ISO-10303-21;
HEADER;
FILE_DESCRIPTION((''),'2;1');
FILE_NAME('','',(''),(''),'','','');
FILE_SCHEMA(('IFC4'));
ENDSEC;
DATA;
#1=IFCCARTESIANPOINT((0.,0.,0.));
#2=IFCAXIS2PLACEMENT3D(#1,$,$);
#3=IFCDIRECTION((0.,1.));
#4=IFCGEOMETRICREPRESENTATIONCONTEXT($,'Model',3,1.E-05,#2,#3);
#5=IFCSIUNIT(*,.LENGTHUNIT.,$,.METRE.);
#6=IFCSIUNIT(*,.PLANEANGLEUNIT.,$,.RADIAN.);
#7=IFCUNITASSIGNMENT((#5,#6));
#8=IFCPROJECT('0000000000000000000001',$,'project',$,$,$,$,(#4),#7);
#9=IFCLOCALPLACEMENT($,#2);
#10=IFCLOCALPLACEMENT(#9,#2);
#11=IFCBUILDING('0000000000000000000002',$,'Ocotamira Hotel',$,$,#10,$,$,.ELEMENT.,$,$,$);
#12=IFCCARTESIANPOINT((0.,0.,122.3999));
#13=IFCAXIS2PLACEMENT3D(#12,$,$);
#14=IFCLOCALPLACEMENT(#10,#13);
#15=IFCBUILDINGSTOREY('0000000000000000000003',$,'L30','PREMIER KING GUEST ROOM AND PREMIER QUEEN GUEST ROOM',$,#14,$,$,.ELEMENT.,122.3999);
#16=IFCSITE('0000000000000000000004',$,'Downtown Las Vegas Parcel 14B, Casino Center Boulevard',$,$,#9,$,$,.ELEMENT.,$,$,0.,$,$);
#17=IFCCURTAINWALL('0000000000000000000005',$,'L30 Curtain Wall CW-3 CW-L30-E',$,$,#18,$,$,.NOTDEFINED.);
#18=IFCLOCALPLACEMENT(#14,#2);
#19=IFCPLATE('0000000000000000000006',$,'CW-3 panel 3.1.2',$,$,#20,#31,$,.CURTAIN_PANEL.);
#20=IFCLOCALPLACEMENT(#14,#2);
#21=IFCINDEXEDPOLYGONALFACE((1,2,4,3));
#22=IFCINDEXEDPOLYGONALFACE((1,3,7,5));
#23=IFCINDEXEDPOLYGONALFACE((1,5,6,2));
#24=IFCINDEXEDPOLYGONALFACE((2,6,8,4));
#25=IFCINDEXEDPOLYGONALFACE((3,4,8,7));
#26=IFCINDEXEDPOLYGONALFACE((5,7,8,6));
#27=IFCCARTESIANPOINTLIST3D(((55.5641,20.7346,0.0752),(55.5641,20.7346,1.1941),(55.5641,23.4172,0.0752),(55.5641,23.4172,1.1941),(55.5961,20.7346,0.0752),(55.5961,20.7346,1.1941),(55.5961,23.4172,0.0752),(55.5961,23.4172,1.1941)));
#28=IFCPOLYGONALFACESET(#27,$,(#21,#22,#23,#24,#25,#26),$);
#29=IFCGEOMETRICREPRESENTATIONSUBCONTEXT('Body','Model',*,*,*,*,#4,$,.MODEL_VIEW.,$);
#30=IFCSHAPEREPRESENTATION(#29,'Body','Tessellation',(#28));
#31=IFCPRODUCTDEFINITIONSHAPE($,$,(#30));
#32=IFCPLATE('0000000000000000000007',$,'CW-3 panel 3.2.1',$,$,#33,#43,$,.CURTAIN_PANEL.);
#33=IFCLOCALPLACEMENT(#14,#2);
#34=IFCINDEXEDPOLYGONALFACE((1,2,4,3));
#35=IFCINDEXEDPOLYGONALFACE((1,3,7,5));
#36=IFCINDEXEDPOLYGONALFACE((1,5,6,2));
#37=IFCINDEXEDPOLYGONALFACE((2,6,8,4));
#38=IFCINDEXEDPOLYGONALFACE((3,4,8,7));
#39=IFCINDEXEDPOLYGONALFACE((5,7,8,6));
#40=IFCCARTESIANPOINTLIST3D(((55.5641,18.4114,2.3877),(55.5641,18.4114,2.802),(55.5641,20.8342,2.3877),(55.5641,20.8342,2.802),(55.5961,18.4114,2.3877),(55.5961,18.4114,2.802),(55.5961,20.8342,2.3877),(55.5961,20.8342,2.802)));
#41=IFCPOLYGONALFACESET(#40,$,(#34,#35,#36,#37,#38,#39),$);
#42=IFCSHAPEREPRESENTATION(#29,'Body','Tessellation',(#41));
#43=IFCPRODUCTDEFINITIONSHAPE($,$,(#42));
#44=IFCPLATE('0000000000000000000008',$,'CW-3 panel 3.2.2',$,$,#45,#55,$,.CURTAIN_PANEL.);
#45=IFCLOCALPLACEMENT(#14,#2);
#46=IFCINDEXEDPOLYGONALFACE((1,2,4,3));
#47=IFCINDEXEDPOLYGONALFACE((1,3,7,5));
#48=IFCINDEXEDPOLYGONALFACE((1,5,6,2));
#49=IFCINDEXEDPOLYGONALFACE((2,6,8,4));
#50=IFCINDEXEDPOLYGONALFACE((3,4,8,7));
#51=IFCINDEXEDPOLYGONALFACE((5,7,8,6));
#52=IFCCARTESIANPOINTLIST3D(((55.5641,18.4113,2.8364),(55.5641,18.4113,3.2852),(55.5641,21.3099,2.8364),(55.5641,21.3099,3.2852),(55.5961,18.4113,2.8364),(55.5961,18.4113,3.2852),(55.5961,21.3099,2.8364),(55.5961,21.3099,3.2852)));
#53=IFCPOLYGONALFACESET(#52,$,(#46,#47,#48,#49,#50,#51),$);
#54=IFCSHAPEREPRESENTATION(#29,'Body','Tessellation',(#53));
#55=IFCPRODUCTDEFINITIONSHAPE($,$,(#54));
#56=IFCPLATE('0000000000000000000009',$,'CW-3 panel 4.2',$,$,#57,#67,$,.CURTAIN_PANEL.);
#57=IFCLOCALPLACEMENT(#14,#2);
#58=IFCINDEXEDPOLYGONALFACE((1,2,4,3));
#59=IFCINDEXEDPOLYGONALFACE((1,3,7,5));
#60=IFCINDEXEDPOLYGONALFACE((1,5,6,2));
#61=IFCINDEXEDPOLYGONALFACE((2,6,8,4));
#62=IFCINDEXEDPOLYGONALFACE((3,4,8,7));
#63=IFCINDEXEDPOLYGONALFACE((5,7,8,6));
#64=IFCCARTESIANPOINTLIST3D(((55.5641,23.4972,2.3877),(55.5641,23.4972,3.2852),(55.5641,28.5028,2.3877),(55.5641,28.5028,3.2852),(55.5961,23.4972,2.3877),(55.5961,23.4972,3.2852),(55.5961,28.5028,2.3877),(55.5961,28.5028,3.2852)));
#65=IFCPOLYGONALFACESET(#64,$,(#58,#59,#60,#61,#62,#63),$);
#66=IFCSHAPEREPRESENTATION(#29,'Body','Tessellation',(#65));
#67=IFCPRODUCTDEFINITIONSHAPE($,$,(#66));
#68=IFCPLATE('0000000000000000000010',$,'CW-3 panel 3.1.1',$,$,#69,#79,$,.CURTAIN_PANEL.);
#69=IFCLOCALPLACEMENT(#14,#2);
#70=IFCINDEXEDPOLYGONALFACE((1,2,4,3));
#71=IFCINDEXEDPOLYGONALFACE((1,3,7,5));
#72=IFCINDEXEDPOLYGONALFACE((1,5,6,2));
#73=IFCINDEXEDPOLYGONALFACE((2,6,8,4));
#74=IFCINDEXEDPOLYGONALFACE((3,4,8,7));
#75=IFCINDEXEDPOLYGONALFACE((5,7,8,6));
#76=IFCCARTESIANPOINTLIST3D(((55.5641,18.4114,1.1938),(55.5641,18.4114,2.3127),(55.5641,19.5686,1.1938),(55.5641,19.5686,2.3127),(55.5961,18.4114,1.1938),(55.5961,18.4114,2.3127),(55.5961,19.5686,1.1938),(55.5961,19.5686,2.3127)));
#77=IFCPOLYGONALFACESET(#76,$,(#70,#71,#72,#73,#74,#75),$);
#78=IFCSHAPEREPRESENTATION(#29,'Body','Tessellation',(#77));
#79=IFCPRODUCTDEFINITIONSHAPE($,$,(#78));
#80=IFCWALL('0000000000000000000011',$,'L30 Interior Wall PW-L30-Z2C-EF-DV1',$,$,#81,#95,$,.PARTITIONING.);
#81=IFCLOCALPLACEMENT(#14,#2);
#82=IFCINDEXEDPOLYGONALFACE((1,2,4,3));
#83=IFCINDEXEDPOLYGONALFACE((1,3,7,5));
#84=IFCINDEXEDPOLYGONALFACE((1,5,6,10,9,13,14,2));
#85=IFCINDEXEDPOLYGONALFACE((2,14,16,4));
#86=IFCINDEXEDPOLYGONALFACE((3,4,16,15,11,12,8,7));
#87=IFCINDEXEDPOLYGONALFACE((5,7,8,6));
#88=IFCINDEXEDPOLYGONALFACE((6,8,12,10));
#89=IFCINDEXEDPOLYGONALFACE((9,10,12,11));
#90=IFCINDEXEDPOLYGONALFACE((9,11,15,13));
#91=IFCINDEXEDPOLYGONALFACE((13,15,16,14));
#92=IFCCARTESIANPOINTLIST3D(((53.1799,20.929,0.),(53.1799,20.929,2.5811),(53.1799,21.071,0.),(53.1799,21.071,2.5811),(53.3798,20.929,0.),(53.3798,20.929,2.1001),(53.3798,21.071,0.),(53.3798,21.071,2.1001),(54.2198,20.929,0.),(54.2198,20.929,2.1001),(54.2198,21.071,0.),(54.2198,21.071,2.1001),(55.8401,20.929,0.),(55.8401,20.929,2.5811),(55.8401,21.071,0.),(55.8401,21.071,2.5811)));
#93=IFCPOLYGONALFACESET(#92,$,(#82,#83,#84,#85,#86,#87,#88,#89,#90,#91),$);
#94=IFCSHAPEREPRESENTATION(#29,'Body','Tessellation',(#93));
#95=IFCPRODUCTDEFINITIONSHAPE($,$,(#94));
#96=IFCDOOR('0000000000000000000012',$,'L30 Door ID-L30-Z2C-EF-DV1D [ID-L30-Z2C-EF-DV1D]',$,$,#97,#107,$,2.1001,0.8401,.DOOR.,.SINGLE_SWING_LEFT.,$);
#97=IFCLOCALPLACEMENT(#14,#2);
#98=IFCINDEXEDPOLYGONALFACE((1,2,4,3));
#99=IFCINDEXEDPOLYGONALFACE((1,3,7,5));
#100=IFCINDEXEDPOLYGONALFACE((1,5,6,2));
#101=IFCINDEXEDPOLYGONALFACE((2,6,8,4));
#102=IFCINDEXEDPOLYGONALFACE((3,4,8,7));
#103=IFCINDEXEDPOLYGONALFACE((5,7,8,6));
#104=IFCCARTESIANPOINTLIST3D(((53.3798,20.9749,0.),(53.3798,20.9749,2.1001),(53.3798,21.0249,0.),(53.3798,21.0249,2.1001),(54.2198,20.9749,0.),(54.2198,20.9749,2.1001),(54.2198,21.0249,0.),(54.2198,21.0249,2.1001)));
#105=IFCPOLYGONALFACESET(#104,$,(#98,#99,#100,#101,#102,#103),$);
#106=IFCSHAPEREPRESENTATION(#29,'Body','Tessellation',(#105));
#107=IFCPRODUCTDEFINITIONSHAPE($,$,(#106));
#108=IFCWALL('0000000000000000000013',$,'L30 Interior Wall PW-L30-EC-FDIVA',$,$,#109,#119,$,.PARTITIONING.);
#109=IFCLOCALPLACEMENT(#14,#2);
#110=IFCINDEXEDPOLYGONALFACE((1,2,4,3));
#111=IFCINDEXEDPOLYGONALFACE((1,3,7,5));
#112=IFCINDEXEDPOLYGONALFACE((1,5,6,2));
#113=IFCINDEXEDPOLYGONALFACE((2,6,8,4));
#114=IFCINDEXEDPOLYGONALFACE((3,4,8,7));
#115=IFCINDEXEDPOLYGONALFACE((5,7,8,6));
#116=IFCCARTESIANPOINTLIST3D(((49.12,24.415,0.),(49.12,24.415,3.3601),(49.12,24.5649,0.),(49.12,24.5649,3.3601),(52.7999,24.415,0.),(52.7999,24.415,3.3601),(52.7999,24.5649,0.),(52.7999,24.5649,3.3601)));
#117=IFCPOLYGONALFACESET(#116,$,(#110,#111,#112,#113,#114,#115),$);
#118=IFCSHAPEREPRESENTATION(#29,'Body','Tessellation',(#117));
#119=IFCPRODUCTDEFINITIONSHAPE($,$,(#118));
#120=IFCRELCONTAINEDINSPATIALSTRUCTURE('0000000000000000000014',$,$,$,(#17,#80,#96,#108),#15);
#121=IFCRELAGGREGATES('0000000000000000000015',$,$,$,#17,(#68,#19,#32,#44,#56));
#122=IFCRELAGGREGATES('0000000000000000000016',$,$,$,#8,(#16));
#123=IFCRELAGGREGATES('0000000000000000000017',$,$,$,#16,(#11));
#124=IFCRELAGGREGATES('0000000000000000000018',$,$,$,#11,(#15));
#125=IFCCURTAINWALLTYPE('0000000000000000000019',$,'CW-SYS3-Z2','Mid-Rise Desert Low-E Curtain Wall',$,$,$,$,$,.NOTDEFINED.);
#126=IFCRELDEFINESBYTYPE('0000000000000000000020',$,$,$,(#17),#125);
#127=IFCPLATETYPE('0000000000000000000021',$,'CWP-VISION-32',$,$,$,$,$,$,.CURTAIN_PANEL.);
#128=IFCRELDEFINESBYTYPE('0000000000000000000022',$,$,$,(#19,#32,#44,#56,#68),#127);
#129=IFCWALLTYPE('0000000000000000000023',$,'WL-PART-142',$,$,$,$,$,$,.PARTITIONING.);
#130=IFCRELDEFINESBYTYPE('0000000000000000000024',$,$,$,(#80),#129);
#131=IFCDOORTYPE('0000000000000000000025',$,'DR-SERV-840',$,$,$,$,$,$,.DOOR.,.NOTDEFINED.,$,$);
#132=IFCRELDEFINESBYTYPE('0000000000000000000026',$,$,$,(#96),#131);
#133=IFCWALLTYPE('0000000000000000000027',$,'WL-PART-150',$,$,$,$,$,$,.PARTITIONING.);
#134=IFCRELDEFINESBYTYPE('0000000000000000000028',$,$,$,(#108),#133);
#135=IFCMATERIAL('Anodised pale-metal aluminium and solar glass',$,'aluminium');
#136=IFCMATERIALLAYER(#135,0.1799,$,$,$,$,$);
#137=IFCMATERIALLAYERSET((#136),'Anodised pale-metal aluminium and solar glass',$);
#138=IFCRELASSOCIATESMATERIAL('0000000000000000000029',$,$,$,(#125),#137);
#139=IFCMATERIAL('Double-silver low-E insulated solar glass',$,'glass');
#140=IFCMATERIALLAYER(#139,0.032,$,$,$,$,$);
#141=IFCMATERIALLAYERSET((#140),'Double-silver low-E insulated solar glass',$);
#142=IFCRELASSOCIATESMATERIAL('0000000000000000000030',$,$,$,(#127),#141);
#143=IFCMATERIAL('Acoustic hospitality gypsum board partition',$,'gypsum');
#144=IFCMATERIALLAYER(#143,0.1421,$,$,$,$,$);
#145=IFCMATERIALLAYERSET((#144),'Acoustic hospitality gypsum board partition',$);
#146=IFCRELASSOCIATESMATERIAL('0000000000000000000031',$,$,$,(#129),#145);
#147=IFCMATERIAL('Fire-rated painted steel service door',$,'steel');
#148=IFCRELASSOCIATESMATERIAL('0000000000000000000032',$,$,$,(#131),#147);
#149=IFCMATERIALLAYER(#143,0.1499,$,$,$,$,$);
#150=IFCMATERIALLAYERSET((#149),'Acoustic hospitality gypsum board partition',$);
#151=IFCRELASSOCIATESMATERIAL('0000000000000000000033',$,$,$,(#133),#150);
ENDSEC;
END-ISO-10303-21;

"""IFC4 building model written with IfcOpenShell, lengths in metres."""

from ifc_helpers import new_model, si_unit, direction, frame, frame_2d, origin, origin_2d, place, context, subcontext, project, spatial, rectangle, extrude, source, transform, mapped, material, layer, layer_set, type_object, element, fill, aggregate, save


model = new_model("IFC4")

# Units and contexts
model_context = context("Model", 3, precision=1e-05, world=origin(), true_north=direction((0.0, 1.0)))
body_context = subcontext(model_context, "Body", "Model", "MODEL_VIEW")
ifc_project = project(units=[si_unit("LENGTHUNIT", "METRE"), si_unit("PLANEANGLEUNIT", "RADIAN")], contexts=[model_context])

# Site, building, storey
site_placement = place(None, origin())
site = spatial("IfcSite", under=ifc_project, at=site_placement, Name="Downtown Las Vegas Parcel 14B, Casino Center Boulevard", CompositionType="ELEMENT", RefElevation=0.0)
building_placement = place(site_placement, origin())
building = spatial("IfcBuilding", under=site, at=building_placement, Name="Ocotamira Hotel", CompositionType="ELEMENT")
storey_placement = place(building_placement, frame((0.0, 0.0, 122.3999)))
storey = spatial("IfcBuildingStorey", under=building, at=storey_placement, Name="L30", Description="PREMIER KING GUEST ROOM AND PREMIER QUEEN GUEST ROOM", CompositionType="ELEMENT", Elevation=122.3999)

# Curtain wall
ifc_material_1 = material(Name="Anodised pale-metal aluminium and solar glass", Category="aluminium")
ifc_layer_1 = layer(ifc_material_1, 0.1799)
ifc_layer_set_1 = layer_set([ifc_layer_1], Name="Anodised pale-metal aluminium and solar glass")
curtain_wall_type = type_object("IfcCurtainWallType", Name="CW-SYS3-Z2", Description="Mid-Rise Desert Low-E Curtain Wall", PredefinedType="NOTDEFINED", material=ifc_layer_set_1)
curtain_wall_placement = place(storey_placement, origin())
curtain_wall = element("IfcCurtainWall", 1, at=curtain_wall_placement, inside=storey, type_object=curtain_wall_type, Name="L30 Curtain Wall CW-3 CW-L30-E", PredefinedType="NOTDEFINED")

# Plates
ifc_material_2 = material(Name="Double-silver low-E insulated solar glass", Category="glass")
ifc_layer_2 = layer(ifc_material_2, 0.032)
ifc_layer_set_2 = layer_set([ifc_layer_2], Name="Double-silver low-E insulated solar glass")
plate_type_1 = type_object("IfcPlateType", Name="CWP-VISION-32", PredefinedType="CURTAIN_PANEL", material=ifc_layer_set_2)
shared_shape_1 = source(origin(), body_context, "Body", "SweptSolid", [
    extrude(rectangle(XDim=2.6826, YDim=0.032, at=origin_2d()), origin(), (0.0, 0.0, 1.0), 1.1189),
])
plate_1_placement = place(storey_placement, frame((55.5801, 22.0759, 0.0752), z_axis=(0.0, 0.0, 1.0), x_axis=(0.0, 1.0, 0.0)))
plate_1 = element("IfcPlate", 2, at=plate_1_placement, type_object=plate_type_1, Name="CW-3 panel 3.1.2", PredefinedType="CURTAIN_PANEL", context=body_context, shape_type="MappedRepresentation", body=[
    mapped(shared_shape_1, transform((0.0, 0.0, 0.0), scale=1.0)),
])
shared_shape_2 = source(origin(), body_context, "Body", "SweptSolid", [
    extrude(rectangle(XDim=2.4229, YDim=0.032, at=origin_2d()), origin(), (0.0, 0.0, 1.0), 0.4143),
])
plate_2_placement = place(storey_placement, frame((55.5801, 19.6228, 2.3877), z_axis=(0.0, 0.0, 1.0), x_axis=(0.0, 1.0, 0.0)))
plate_2 = element("IfcPlate", 3, at=plate_2_placement, type_object=plate_type_1, Name="CW-3 panel 3.2.1", PredefinedType="CURTAIN_PANEL", context=body_context, shape_type="MappedRepresentation", body=[
    mapped(shared_shape_2, transform((0.0, 0.0, 0.0), scale=1.0)),
])
shared_shape_3 = source(origin(), body_context, "Body", "SweptSolid", [
    extrude(rectangle(XDim=2.8987, YDim=0.032, at=origin_2d()), origin(), (0.0, 0.0, 1.0), 0.4487),
])
plate_3_placement = place(storey_placement, frame((55.5801, 19.8606, 2.8364), z_axis=(0.0, 0.0, 1.0), x_axis=(0.0, 1.0, 0.0)))
plate_3 = element("IfcPlate", 4, at=plate_3_placement, type_object=plate_type_1, Name="CW-3 panel 3.2.2", PredefinedType="CURTAIN_PANEL", context=body_context, shape_type="MappedRepresentation", body=[
    mapped(shared_shape_3, transform((0.0, 0.0, 0.0), scale=1.0)),
])
shared_shape_4 = source(origin(), body_context, "Body", "SweptSolid", [
    extrude(rectangle(XDim=5.0056, YDim=0.032, at=origin_2d()), origin(), (0.0, 0.0, 1.0), 0.8975),
])
plate_4_placement = place(storey_placement, frame((55.5801, 26.0, 2.3877), z_axis=(0.0, 0.0, 1.0), x_axis=(0.0, 1.0, 0.0)))
plate_4 = element("IfcPlate", 5, at=plate_4_placement, type_object=plate_type_1, Name="CW-3 panel 4.2", PredefinedType="CURTAIN_PANEL", context=body_context, shape_type="MappedRepresentation", body=[
    mapped(shared_shape_4, transform((0.0, 0.0, 0.0), scale=1.0)),
])
shared_shape_5 = source(origin(), body_context, "Body", "SweptSolid", [
    extrude(rectangle(XDim=1.1572, YDim=0.032, at=origin_2d()), origin(), (0.0, 0.0, 1.0), 1.1189),
])
plate_5_placement = place(storey_placement, frame((55.5801, 18.99, 1.1938), z_axis=(0.0, 0.0, 1.0), x_axis=(0.0, 1.0, 0.0)))
plate_5 = element("IfcPlate", 6, at=plate_5_placement, type_object=plate_type_1, Name="CW-3 panel 3.1.1", PredefinedType="CURTAIN_PANEL", context=body_context, shape_type="MappedRepresentation", body=[
    mapped(shared_shape_5, transform((0.0, 0.0, 0.0), scale=1.0)),
])
aggregate(curtain_wall, [plate_5, plate_1, plate_2, plate_3, plate_4])

# Wall, opening, door
ifc_material_3 = material(Name="Acoustic hospitality gypsum board partition", Category="gypsum")
ifc_layer_3 = layer(ifc_material_3, 0.1421)
ifc_layer_set_3 = layer_set([ifc_layer_3], Name="Acoustic hospitality gypsum board partition")
wall_type_1 = type_object("IfcWallType", Name="WL-PART-142", PredefinedType="PARTITIONING", material=ifc_layer_set_3)
wall_1_placement = place(storey_placement, frame((53.1799, 21.0, 0.0), z_axis=(0.0, 0.0, 1.0), x_axis=(1.0, 0.0, 0.0)))
wall_1 = element("IfcWall", 7, at=wall_1_placement, inside=storey, type_object=wall_type_1, Name="L30 Interior Wall PW-L30-Z2C-EF-DV1", PredefinedType="PARTITIONING", context=body_context, shape_type="SweptSolid", body=[
    extrude(rectangle(XDim=2.6602, YDim=0.1421, at=frame_2d((1.3301, 0.0))), origin(), (0.0, 0.0, 1.0), 2.5811),
])
opening_placement = place(wall_1_placement, frame((0.2, 0.0, 0.0)))
opening = element("IfcOpeningElement", 8, at=opening_placement, cuts=wall_1, PredefinedType="OPENING", context=body_context, shape_type="SweptSolid", body=[
    extrude(rectangle(XDim=0.8401, YDim=2.1001, at=frame_2d((0.4199, 1.05))), frame((0.0, 0.0811, 0.0), z_axis=(0.0, -1.0, 0.0), x_axis=(1.0, 0.0, 0.0)), (0.0, 0.0, 1.0), 0.1621),
])
ifc_material_4 = material(Name="Fire-rated painted steel service door", Category="steel")
door_type = type_object("IfcDoorType", Name="DR-SERV-840", OperationType="NOTDEFINED", PredefinedType="DOOR", material=ifc_material_4)
shared_shape_6 = source(origin(), body_context, "Body", "SweptSolid", [
    extrude(rectangle(XDim=0.8401, YDim=2.1001, at=frame_2d((0.4199, 1.05))), frame((0.0, 0.0249, 0.0), z_axis=(0.0, -1.0, 0.0), x_axis=(1.0, 0.0, 0.0)), (0.0, 0.0, 1.0), 0.05),
])
door_placement = place(opening_placement, origin())
door = element("IfcDoor", 9, at=door_placement, inside=storey, type_object=door_type, Name="L30 Door ID-L30-Z2C-EF-DV1D [ID-L30-Z2C-EF-DV1D]", OperationType="SINGLE_SWING_LEFT", OverallHeight=2.1001, OverallWidth=0.8401, PredefinedType="DOOR", context=body_context, shape_type="MappedRepresentation", body=[
    mapped(shared_shape_6, transform((0.0, 0.0, 0.0), scale=1.0)),
])
fill(opening, door)

# Wall
ifc_layer_4 = layer(ifc_material_3, 0.1499)
ifc_layer_set_4 = layer_set([ifc_layer_4], Name="Acoustic hospitality gypsum board partition")
wall_type_2 = type_object("IfcWallType", Name="WL-PART-150", PredefinedType="PARTITIONING", material=ifc_layer_set_4)
wall_2_placement = place(storey_placement, frame((49.1201, 24.49, 0.0), z_axis=(0.0, 0.0, 1.0), x_axis=(1.0, 0.0, 0.0)))
element("IfcWall", 10, at=wall_2_placement, inside=storey, type_object=wall_type_2, Name="L30 Interior Wall PW-L30-EC-FDIVA", PredefinedType="PARTITIONING", context=body_context, shape_type="SweptSolid", body=[
    extrude(rectangle(XDim=3.6799, YDim=0.1499, at=frame_2d((1.8398, 0.0))), origin(), (0.0, 0.0, 1.0), 3.3601),
])

save(model, "model.ifc")
